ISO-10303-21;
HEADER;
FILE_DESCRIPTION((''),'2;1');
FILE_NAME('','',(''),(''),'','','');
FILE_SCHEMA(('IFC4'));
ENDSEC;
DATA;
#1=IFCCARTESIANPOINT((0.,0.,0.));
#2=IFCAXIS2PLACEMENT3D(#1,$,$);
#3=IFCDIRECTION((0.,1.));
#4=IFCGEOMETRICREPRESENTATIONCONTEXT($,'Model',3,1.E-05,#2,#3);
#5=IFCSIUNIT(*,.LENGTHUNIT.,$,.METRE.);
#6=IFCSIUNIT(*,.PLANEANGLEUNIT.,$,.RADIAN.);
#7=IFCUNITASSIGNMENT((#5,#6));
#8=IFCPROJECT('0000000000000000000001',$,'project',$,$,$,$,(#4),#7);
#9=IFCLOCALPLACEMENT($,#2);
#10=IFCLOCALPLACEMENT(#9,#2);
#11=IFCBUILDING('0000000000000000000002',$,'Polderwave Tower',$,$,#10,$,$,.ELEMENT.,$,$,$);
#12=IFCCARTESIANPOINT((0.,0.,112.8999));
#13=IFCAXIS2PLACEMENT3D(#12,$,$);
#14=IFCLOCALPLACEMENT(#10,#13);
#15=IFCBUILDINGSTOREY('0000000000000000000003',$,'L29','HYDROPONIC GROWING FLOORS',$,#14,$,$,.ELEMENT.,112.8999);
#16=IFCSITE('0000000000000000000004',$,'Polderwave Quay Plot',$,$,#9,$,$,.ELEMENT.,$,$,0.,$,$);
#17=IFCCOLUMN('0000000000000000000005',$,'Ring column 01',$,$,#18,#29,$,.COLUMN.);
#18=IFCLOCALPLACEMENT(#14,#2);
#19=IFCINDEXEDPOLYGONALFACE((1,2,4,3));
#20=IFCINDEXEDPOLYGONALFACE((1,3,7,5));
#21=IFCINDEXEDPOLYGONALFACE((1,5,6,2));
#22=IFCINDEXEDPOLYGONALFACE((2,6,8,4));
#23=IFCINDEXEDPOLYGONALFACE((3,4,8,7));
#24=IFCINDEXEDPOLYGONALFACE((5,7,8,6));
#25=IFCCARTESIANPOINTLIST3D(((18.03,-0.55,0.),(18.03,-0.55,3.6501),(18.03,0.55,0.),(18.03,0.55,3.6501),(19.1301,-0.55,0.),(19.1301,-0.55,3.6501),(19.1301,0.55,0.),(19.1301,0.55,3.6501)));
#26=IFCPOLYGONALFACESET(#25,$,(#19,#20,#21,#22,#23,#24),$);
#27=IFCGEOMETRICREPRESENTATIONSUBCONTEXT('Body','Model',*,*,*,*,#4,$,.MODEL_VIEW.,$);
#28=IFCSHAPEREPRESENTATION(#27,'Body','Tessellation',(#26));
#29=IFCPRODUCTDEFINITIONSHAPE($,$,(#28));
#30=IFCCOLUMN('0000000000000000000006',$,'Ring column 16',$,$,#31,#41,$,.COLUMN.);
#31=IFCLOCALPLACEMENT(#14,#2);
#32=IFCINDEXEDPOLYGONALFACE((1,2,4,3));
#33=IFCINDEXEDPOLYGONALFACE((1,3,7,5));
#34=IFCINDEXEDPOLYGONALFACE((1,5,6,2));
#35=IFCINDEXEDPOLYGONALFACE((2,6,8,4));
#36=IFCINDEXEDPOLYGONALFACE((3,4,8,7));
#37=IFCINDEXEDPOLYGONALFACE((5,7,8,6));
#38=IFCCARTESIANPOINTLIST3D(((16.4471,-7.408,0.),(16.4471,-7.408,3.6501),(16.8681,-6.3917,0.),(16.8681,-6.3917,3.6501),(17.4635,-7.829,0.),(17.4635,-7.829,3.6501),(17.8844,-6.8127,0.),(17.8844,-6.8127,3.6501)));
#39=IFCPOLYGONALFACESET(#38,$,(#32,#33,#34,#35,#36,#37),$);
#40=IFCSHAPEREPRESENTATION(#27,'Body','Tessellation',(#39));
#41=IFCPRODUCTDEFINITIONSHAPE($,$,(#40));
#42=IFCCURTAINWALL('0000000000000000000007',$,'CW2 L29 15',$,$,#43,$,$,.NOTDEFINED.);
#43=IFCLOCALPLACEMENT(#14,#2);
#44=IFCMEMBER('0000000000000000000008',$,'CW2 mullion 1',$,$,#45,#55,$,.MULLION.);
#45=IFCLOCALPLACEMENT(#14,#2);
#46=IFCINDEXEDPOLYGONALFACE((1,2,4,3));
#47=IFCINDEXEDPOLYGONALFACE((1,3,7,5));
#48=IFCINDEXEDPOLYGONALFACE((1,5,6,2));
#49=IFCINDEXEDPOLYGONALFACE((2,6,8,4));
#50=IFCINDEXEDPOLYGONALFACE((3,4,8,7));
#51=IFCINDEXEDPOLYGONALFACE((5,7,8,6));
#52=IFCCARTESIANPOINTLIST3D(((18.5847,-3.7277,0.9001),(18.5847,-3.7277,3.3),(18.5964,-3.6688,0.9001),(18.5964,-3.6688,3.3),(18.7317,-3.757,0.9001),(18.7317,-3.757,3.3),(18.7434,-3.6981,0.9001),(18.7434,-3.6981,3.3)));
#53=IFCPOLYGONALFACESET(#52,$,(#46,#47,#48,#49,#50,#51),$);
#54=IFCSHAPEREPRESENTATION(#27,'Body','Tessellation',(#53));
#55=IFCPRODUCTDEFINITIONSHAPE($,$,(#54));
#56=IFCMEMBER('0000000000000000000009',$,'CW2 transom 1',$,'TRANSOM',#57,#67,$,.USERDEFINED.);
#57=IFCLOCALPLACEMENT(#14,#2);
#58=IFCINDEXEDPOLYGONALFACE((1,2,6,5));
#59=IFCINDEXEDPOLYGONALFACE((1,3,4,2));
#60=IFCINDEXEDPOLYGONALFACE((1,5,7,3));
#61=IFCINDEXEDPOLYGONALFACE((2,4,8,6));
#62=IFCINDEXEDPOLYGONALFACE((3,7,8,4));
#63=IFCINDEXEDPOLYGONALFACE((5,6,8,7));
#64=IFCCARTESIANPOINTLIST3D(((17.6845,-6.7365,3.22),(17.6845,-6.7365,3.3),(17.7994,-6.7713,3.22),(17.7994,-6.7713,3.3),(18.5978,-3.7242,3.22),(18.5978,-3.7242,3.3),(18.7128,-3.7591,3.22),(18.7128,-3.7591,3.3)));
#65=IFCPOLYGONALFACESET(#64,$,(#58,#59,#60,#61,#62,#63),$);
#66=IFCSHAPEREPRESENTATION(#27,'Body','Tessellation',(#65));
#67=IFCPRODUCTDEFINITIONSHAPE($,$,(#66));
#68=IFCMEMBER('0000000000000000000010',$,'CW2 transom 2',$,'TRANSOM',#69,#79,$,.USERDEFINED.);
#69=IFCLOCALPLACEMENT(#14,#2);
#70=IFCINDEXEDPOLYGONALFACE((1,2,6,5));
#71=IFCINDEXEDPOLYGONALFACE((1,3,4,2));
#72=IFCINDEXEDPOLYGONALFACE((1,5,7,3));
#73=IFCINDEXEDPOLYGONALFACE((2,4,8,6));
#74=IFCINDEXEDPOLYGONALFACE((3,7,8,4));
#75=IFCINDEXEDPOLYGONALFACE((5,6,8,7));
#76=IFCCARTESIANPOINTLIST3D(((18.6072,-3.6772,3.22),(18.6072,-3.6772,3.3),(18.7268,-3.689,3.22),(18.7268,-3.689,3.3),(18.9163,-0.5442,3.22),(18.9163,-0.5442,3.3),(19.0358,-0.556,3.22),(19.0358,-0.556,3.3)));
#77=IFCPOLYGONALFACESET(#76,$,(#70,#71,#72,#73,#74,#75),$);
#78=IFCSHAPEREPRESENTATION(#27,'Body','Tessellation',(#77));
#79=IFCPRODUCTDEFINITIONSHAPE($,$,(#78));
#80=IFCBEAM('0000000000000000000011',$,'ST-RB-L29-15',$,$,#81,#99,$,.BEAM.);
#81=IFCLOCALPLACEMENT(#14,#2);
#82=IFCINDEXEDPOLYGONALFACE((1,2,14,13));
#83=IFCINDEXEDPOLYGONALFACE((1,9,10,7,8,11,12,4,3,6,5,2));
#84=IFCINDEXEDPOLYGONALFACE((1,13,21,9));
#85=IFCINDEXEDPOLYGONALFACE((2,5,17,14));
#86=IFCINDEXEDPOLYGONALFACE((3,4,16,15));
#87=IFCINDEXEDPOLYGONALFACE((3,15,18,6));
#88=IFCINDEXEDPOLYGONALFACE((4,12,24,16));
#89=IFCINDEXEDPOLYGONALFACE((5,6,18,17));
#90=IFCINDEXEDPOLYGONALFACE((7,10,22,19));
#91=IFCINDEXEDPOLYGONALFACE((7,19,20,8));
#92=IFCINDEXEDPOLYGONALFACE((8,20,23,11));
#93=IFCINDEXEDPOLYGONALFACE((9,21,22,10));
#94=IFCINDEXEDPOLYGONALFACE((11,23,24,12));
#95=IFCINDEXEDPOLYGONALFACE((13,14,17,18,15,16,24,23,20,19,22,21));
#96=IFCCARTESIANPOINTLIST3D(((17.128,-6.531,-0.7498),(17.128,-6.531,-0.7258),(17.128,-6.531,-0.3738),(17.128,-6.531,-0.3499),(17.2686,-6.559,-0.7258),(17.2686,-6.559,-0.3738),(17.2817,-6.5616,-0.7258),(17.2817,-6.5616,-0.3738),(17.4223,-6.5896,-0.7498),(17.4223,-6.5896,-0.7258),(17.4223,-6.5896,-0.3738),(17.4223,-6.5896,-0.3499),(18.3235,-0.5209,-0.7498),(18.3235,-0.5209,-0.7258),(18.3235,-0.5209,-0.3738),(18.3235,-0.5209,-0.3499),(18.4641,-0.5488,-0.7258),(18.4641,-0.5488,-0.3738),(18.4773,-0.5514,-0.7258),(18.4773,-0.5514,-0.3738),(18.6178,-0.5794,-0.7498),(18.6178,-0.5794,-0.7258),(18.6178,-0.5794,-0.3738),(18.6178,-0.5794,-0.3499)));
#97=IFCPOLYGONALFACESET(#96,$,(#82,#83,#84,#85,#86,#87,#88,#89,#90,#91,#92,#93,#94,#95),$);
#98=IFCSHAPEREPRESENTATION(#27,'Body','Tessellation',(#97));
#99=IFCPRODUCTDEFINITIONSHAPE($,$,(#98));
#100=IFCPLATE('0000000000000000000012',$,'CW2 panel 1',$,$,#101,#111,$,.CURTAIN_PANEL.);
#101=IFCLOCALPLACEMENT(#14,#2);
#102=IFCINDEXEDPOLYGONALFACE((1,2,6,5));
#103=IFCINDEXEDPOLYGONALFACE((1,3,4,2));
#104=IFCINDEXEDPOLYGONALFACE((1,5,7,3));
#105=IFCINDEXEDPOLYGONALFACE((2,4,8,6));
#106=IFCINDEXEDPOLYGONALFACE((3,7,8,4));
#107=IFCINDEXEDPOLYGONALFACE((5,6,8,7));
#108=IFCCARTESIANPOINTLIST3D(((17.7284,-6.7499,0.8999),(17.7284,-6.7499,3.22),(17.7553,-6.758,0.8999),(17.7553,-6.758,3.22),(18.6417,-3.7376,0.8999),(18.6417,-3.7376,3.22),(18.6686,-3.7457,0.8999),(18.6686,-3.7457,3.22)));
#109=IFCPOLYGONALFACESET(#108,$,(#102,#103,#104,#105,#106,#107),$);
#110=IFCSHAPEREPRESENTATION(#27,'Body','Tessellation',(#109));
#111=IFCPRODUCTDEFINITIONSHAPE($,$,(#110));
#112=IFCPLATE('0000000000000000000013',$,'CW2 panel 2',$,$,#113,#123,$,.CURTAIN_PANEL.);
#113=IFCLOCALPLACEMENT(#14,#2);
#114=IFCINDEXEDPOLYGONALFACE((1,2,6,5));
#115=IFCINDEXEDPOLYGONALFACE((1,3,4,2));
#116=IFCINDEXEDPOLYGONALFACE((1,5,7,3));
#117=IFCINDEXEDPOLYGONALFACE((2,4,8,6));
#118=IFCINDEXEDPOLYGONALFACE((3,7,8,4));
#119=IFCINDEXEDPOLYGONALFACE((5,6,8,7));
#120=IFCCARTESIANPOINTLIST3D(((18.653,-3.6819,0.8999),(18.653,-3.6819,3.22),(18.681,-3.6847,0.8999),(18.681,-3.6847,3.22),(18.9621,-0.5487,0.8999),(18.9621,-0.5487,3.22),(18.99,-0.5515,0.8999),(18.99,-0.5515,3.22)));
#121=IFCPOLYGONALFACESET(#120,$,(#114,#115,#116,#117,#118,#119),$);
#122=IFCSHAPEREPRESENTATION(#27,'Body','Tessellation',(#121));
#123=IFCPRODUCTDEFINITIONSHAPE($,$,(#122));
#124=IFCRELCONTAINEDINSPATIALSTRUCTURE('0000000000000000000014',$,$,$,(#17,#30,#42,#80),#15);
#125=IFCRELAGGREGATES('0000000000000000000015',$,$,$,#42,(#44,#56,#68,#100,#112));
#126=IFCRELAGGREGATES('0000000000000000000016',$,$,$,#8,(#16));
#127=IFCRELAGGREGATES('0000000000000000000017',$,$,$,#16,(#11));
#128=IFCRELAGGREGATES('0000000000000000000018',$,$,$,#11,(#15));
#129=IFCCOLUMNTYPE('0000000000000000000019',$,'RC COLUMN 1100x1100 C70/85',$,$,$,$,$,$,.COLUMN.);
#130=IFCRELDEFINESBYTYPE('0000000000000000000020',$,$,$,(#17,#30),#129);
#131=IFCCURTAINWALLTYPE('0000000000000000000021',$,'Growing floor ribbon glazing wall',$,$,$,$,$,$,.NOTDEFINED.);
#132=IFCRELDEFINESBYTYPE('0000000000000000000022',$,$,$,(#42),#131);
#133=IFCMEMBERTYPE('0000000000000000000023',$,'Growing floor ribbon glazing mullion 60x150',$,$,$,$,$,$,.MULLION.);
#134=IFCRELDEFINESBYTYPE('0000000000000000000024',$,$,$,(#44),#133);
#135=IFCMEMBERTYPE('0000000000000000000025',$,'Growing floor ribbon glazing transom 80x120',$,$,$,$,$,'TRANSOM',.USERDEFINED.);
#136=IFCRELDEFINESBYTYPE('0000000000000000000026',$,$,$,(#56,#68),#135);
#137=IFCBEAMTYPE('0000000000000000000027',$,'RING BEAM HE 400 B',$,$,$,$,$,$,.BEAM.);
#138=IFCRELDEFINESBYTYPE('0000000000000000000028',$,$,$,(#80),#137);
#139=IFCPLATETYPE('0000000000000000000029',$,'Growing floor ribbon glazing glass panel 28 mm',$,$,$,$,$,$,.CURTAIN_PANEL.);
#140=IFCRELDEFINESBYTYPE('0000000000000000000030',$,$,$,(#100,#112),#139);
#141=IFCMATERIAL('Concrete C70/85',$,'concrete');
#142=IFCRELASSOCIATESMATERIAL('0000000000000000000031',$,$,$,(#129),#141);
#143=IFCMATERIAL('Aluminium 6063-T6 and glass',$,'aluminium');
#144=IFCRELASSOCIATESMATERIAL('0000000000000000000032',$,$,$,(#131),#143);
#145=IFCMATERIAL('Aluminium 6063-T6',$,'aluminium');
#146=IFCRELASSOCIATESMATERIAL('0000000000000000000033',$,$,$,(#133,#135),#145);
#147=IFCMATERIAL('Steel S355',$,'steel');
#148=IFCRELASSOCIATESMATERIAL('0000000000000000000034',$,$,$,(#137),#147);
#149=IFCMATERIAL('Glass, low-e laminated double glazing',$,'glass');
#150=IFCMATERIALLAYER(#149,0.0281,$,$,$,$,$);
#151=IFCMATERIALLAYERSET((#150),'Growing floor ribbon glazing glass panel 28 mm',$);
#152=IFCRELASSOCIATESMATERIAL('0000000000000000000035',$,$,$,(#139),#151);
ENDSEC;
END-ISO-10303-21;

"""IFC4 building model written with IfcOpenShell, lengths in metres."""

from ifc_helpers import new_model, si_unit, direction, frame, origin, origin_2d, place, context, subcontext, project, spatial, rectangle, i_section, extrude, material, layer, layer_set, material_profile, profile_set, type_object, element, aggregate, save


model = new_model("IFC4")

# Units and contexts
model_context = context("Model", 3, precision=1e-05, world=origin(), true_north=direction((0.0, 1.0)))
body_context = subcontext(model_context, "Body", "Model", "MODEL_VIEW")
ifc_project = project(units=[si_unit("LENGTHUNIT", "METRE"), si_unit("PLANEANGLEUNIT", "RADIAN")], contexts=[model_context])

# Site, building, storey
site_placement = place(None, origin())
site = spatial("IfcSite", under=ifc_project, at=site_placement, Name="Polderwave Quay Plot", CompositionType="ELEMENT", RefElevation=0.0)
building_placement = place(site_placement, origin())
building = spatial("IfcBuilding", under=site, at=building_placement, Name="Polderwave Tower", CompositionType="ELEMENT")
storey_placement = place(building_placement, frame((0.0, 0.0, 112.8999)))
storey = spatial("IfcBuildingStorey", under=building, at=storey_placement, Name="L29", Description="HYDROPONIC GROWING FLOORS", CompositionType="ELEMENT", Elevation=112.8999)

# Columns
ifc_material_1 = material(Name="Concrete C70/85", Category="concrete")
ifc_material_profile_1 = material_profile(ifc_material_1, rectangle(XDim=1.1001, YDim=1.1001, at=origin_2d()), Name="RC 1100x1100")
ifc_profile_set_1 = profile_set([ifc_material_profile_1], Name="Concrete C70/85")
column_type = type_object("IfcColumnType", Name="RC COLUMN 1100x1100 C70/85", PredefinedType="COLUMN", material=ifc_profile_set_1)
for number, where, z_axis, x_axis, name in (
    (1, (18.5801, 0.0, 0.0), (0.0, 0.0, 1.0), (1.0, 0.0, 0.0), "Ring column 01"),
    (2, (17.1658, -7.1104, 0.0), (0.0, 0.0, 1.0), (0.92388, -0.382683, 0.0), "Ring column 16"),
):
    element("IfcColumn", number, at=place(storey_placement, frame(where, z_axis=z_axis, x_axis=x_axis)), inside=storey, type_object=column_type, Name=name, PredefinedType="COLUMN", context=body_context, shape_type="SweptSolid", body=[
        extrude(rectangle(XDim=1.1001, YDim=1.1001, at=origin_2d()), origin(), (0.0, 0.0, 1.0), 3.6501),
    ])

# Curtain wall, members
ifc_material_2 = material(Name="Aluminium 6063-T6 and glass", Category="aluminium")
curtain_wall_type = type_object("IfcCurtainWallType", Name="Growing floor ribbon glazing wall", PredefinedType="NOTDEFINED", material=ifc_material_2)
curtain_wall_placement = place(storey_placement, origin())
curtain_wall = element("IfcCurtainWall", 3, at=curtain_wall_placement, inside=storey, type_object=curtain_wall_type, Name="CW2 L29 15", PredefinedType="NOTDEFINED")
ifc_material_3 = material(Name="Aluminium 6063-T6", Category="aluminium")
ifc_material_profile_2 = material_profile(ifc_material_3, rectangle(XDim=0.1499, YDim=0.0601, at=origin_2d()), Name="AL 60x150")
ifc_profile_set_2 = profile_set([ifc_material_profile_2], Name="Aluminium 6063-T6")
member_type_1 = type_object("IfcMemberType", Name="Growing floor ribbon glazing mullion 60x150", PredefinedType="MULLION", material=ifc_profile_set_2)
member_1_placement = place(storey_placement, frame((18.6641, -3.7129, 0.9001), z_axis=(0.0, 0.0, 1.0), x_axis=(-0.980785, 0.195092, 0.0)))
member_1 = element("IfcMember", 4, at=member_1_placement, type_object=member_type_1, Name="CW2 mullion 1", PredefinedType="MULLION", context=body_context, shape_type="SweptSolid", body=[
    extrude(rectangle(XDim=0.1499, YDim=0.0601, at=origin_2d()), origin(), (0.0, 0.0, 1.0), 2.3999),
])
ifc_material_profile_3 = material_profile(ifc_material_3, rectangle(XDim=0.1201, YDim=0.0801, at=origin_2d()), Name="AL 80x120")
ifc_profile_set_3 = profile_set([ifc_material_profile_3], Name="Aluminium 6063-T6")
member_type_2 = type_object("IfcMemberType", Name="Growing floor ribbon glazing transom 80x120", ElementType="TRANSOM", PredefinedType="USERDEFINED", material=ifc_profile_set_3)
member_2_placement = place(storey_placement, frame((17.7419, -6.7539, 3.26), z_axis=(0.290165, 0.956977, 0.0), x_axis=(-0.956977, 0.290165, 0.0)))
member_2 = element("IfcMember", 5, at=member_2_placement, type_object=member_type_2, Name="CW2 transom 1", ObjectType="TRANSOM", PredefinedType="USERDEFINED", context=body_context, shape_type="SweptSolid", body=[
    extrude(rectangle(XDim=0.1201, YDim=0.0801, at=origin_2d()), origin(), (0.0, 0.0, 1.0), 3.1477),
])
member_3_placement = place(storey_placement, frame((18.667, -3.6831, 3.26), z_axis=(0.098175, 0.995169, 0.0), x_axis=(-0.995169, 0.098175, 0.0)))
member_3 = element("IfcMember", 6, at=member_3_placement, type_object=member_type_2, Name="CW2 transom 2", ObjectType="TRANSOM", PredefinedType="USERDEFINED", context=body_context, shape_type="SweptSolid", body=[
    extrude(rectangle(XDim=0.1201, YDim=0.0801, at=origin_2d()), origin(), (0.0, 0.0, 1.0), 3.1482),
])

# Beam
ifc_material_4 = material(Name="Steel S355", Category="steel")
ifc_material_profile_4 = material_profile(ifc_material_4, i_section(OverallWidth=0.3, OverallDepth=0.3999, WebThickness=0.0134, FlangeThickness=0.0239, at=origin_2d()), Name="HE 400 B")
ifc_profile_set_4 = profile_set([ifc_material_profile_4], Name="Steel S355")
beam_type = type_object("IfcBeamType", Name="RING BEAM HE 400 B", PredefinedType="BEAM", material=ifc_profile_set_4)
beam_placement = place(storey_placement, frame((17.2751, -6.5603, -0.5498), z_axis=(0.195097, 0.980784, 0.0), x_axis=(-0.980784, 0.195097, 0.0)))
element("IfcBeam", 7, at=beam_placement, inside=storey, type_object=beam_type, Name="ST-RB-L29-15", PredefinedType="BEAM", context=body_context, shape_type="SweptSolid", body=[
    extrude(i_section(OverallWidth=0.3, OverallDepth=0.3999, WebThickness=0.0134, FlangeThickness=0.0239, at=origin_2d()), origin(), (0.0, 0.0, 1.0), 6.1279),
])

# Plates
ifc_material_5 = material(Name="Glass, low-e laminated double glazing", Category="glass")
ifc_layer_1 = layer(ifc_material_5, 0.0281)
ifc_layer_set_1 = layer_set([ifc_layer_1], Name="Growing floor ribbon glazing glass panel 28 mm")
plate_type = type_object("IfcPlateType", Name="Growing floor ribbon glazing glass panel 28 mm", PredefinedType="CURTAIN_PANEL", material=ifc_layer_set_1)
plate_1_placement = place(storey_placement, frame((18.1985, -5.2478, 0.8999), z_axis=(0.0, 0.0, 1.0), x_axis=(0.290148, 0.956982, 0.0)))
plate_1 = element("IfcPlate", 8, at=plate_1_placement, type_object=plate_type, Name="CW2 panel 1", PredefinedType="CURTAIN_PANEL", context=body_context, shape_type="SweptSolid", body=[
    extrude(rectangle(XDim=3.1477, YDim=0.0281, at=origin_2d()), origin(), (0.0, 0.0, 1.0), 2.3201),
])
plate_2_placement = place(storey_placement, frame((18.8215, -2.1167, 0.8999), z_axis=(0.0, 0.0, 1.0), x_axis=(0.098165, 0.99517, 0.0)))
plate_2 = element("IfcPlate", 9, at=plate_2_placement, type_object=plate_type, Name="CW2 panel 2", PredefinedType="CURTAIN_PANEL", context=body_context, shape_type="SweptSolid", body=[
    extrude(rectangle(XDim=3.1484, YDim=0.0281, at=origin_2d()), origin(), (0.0, 0.0, 1.0), 2.3201),
])
aggregate(curtain_wall, [member_1, member_2, member_3, plate_1, plate_2])

save(model, "model.ifc")
